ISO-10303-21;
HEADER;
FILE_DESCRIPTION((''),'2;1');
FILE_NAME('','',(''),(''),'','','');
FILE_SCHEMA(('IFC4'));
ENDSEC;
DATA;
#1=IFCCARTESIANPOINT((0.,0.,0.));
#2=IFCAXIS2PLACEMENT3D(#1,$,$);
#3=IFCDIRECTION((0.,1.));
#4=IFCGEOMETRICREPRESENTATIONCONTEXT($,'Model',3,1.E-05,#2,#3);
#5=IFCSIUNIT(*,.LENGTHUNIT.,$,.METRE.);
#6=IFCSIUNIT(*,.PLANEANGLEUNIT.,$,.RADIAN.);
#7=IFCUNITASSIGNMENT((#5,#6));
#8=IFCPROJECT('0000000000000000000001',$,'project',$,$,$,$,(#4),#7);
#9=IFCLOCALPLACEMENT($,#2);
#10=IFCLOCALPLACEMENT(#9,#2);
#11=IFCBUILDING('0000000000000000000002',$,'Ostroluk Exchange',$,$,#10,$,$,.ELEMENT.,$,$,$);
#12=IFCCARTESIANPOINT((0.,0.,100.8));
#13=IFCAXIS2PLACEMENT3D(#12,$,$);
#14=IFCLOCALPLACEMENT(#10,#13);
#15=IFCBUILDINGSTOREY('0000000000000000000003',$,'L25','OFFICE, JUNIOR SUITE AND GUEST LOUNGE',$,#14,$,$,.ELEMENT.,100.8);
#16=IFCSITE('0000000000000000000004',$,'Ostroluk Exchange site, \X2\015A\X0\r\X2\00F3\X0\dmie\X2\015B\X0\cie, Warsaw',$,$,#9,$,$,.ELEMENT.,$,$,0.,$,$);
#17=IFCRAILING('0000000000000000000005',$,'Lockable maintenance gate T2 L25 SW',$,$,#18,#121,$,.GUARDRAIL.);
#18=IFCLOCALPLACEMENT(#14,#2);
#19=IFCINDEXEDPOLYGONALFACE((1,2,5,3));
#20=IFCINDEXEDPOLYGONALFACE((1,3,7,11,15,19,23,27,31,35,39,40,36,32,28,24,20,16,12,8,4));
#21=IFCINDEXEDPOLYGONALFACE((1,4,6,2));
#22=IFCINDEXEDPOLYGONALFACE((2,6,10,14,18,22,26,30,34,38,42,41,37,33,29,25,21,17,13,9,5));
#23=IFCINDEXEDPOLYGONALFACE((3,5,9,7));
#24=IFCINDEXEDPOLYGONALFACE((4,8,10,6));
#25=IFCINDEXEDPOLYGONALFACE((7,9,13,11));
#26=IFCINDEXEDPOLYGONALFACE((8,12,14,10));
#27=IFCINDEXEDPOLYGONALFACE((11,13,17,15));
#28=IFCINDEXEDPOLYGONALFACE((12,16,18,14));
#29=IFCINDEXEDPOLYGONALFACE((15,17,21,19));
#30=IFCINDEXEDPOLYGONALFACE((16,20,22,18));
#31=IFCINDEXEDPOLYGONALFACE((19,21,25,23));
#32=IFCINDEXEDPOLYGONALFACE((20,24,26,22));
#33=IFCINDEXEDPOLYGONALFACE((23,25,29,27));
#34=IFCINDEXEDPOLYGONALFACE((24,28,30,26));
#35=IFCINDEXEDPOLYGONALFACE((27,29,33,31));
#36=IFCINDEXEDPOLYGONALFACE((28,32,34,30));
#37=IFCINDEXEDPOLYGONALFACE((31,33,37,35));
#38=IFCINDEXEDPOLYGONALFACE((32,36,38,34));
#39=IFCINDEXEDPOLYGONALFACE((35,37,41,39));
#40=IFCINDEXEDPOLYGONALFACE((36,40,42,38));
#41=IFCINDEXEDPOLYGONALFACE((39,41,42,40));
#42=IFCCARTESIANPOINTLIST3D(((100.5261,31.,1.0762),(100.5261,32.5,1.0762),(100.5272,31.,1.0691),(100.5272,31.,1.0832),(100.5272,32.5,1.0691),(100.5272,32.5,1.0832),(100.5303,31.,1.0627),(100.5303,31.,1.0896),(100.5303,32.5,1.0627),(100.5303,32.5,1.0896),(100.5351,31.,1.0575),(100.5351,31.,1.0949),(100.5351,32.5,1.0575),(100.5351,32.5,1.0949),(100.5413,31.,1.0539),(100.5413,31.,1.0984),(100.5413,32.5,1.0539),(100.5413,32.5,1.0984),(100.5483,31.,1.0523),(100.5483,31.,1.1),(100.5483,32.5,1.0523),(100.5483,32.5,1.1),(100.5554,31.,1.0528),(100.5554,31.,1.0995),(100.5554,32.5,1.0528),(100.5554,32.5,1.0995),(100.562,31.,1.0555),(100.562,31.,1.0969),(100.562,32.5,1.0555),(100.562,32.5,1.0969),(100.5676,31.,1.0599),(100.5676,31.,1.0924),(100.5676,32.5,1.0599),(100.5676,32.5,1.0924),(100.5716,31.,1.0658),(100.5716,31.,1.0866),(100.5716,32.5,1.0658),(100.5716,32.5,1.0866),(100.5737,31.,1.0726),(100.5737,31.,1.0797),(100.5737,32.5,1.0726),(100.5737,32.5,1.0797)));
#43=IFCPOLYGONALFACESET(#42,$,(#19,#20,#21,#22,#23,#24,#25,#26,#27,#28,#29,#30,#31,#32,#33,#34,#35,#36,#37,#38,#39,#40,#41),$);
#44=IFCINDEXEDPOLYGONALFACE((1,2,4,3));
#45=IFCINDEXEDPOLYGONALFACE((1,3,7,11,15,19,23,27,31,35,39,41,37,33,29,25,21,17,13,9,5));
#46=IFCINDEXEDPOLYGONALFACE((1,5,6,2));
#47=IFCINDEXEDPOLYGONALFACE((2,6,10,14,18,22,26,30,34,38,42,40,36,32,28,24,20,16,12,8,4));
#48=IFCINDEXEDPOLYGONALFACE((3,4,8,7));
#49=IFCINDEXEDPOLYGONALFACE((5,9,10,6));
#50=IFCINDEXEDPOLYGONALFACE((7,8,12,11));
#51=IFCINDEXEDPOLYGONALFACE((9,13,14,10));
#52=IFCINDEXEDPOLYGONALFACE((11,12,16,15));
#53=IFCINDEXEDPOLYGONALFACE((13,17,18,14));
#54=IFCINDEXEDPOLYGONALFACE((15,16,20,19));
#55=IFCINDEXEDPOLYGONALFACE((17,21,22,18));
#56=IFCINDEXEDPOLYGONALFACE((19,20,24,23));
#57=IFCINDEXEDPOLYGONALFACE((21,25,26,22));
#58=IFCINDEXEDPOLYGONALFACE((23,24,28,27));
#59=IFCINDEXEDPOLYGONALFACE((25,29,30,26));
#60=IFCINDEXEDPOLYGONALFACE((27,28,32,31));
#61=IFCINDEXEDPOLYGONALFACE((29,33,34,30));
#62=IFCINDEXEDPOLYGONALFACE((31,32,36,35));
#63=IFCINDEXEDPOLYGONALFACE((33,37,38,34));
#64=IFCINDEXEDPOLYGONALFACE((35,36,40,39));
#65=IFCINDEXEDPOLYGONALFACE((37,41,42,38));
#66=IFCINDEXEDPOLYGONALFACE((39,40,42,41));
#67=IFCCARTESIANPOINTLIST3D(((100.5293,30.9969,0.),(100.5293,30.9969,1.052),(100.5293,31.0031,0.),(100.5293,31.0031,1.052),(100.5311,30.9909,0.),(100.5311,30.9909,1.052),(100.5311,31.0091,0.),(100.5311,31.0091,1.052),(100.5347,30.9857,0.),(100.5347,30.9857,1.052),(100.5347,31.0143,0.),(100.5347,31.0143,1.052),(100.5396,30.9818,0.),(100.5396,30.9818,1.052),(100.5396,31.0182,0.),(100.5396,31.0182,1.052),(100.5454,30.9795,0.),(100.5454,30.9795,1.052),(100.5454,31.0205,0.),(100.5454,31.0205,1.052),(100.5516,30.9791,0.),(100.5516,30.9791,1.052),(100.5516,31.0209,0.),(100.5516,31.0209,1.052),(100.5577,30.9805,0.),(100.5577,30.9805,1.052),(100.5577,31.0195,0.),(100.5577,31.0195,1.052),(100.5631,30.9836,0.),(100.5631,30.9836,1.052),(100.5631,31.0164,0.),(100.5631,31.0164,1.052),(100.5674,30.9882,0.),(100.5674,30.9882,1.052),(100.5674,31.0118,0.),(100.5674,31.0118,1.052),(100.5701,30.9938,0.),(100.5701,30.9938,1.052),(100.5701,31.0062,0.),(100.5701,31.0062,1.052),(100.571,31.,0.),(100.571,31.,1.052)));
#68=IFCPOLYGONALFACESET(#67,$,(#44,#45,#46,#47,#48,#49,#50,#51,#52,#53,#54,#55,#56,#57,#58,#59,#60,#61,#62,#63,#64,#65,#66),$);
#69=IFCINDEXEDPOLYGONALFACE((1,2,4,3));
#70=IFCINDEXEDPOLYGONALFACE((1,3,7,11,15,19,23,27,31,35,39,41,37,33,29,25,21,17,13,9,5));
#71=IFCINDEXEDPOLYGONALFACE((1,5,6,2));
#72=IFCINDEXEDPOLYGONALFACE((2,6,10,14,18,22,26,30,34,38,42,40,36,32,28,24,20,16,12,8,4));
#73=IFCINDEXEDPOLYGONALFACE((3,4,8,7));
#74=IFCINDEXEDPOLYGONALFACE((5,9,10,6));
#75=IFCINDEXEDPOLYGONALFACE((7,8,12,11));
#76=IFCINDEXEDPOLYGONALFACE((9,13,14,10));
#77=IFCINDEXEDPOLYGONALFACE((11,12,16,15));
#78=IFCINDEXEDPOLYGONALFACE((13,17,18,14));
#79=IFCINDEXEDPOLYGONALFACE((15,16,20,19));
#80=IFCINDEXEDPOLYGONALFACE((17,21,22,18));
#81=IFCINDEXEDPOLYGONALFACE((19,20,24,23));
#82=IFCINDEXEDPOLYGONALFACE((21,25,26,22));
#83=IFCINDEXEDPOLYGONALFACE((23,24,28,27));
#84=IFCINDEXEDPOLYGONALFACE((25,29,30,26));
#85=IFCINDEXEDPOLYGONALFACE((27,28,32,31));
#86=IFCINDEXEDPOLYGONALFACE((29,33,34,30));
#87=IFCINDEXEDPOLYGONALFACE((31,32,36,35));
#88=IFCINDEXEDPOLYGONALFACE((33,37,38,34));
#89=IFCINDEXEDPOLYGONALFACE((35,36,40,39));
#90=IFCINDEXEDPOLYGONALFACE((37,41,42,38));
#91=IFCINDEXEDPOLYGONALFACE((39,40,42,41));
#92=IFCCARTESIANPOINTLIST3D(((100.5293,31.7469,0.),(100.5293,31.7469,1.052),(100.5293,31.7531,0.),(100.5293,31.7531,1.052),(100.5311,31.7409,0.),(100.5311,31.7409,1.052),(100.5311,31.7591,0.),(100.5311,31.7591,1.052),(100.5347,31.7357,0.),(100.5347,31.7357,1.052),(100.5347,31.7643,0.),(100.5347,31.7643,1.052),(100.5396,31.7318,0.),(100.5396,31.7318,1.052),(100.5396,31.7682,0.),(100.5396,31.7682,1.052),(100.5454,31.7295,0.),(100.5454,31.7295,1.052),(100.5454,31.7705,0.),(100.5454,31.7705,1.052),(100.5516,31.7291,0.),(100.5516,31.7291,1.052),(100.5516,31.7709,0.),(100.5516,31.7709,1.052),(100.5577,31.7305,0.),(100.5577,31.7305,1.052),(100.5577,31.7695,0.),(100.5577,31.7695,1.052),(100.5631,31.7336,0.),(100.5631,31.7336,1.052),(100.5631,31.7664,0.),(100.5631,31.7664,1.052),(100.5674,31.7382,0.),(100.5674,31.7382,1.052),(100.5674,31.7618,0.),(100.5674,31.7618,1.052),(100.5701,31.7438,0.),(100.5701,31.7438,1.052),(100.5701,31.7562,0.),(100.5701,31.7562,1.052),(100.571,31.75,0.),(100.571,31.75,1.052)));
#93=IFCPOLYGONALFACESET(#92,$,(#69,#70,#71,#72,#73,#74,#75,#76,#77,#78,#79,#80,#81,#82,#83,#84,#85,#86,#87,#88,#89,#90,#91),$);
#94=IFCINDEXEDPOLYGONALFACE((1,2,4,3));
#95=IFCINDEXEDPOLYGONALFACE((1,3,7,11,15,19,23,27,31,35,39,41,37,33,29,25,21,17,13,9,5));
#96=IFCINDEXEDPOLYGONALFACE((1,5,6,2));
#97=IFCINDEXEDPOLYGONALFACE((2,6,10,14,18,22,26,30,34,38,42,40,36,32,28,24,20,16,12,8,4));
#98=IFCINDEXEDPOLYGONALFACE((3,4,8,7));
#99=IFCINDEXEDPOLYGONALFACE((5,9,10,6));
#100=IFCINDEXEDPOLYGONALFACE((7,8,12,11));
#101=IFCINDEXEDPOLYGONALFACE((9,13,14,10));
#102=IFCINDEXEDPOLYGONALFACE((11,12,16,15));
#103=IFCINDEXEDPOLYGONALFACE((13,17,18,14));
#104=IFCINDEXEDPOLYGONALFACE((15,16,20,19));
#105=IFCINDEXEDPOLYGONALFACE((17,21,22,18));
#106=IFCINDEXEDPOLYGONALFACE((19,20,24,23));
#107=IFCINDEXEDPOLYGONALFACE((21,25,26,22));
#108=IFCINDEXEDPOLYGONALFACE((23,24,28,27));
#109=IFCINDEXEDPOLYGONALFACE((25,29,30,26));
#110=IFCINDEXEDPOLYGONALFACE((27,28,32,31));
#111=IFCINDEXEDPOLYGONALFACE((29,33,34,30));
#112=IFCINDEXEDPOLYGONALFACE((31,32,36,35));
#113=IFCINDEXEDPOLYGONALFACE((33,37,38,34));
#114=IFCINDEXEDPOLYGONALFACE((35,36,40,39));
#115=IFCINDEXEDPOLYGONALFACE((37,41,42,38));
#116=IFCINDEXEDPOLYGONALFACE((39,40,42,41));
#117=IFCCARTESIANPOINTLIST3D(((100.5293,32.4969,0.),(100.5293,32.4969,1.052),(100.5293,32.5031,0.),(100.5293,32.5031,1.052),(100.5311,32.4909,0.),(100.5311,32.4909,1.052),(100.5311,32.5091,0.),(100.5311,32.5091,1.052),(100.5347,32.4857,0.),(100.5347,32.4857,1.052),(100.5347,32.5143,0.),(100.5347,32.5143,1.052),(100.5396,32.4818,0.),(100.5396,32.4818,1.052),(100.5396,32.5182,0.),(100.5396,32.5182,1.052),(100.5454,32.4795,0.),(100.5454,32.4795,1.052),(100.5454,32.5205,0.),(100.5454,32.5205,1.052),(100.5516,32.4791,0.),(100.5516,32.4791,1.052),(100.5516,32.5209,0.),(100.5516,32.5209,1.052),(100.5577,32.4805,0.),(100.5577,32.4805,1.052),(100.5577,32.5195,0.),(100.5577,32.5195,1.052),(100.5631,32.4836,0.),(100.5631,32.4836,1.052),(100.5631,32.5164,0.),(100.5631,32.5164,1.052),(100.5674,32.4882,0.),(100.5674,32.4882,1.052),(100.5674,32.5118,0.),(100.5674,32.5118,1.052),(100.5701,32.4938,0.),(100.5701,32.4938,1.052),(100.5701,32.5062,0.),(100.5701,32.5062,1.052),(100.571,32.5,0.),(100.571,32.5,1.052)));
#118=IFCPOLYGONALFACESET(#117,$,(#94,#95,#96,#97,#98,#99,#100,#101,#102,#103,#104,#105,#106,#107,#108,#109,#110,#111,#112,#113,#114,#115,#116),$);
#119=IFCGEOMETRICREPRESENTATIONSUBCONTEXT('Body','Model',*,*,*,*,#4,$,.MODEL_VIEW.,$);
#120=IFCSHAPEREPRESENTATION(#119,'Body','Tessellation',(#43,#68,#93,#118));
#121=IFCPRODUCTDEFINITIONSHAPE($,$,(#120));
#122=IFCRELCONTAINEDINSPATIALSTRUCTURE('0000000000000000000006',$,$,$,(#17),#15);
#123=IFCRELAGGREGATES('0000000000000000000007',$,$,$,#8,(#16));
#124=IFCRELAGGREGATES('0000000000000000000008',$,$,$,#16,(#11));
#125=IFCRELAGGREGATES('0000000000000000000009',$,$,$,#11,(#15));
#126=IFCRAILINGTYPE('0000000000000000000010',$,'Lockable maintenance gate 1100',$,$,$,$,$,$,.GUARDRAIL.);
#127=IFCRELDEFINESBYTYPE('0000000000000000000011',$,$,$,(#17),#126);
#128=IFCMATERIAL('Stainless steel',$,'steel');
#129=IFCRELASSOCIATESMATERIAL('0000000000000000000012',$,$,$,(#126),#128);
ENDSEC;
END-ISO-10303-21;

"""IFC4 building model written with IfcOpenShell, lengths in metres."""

from ifc_helpers import new_model, si_unit, direction, frame, origin, origin_2d, place, context, subcontext, project, spatial, circle, extrude, material, type_object, element, save


model = new_model("IFC4")

# Units and contexts
model_context = context("Model", 3, precision=1e-05, world=origin(), true_north=direction((0.0, 1.0)))
body_context = subcontext(model_context, "Body", "Model", "MODEL_VIEW")
ifc_project = project(units=[si_unit("LENGTHUNIT", "METRE"), si_unit("PLANEANGLEUNIT", "RADIAN")], contexts=[model_context])

# Site, building, storey
site_placement = place(None, origin())
site = spatial("IfcSite", under=ifc_project, at=site_placement, Name="Ostroluk Exchange site, Śródmieście, Warsaw", CompositionType="ELEMENT", RefElevation=0.0)
building_placement = place(site_placement, origin())
building = spatial("IfcBuilding", under=site, at=building_placement, Name="Ostroluk Exchange", CompositionType="ELEMENT")
storey_placement = place(building_placement, frame((0.0, 0.0, 100.8)))
storey = spatial("IfcBuildingStorey", under=building, at=storey_placement, Name="L25", Description="OFFICE, JUNIOR SUITE AND GUEST LOUNGE", CompositionType="ELEMENT", Elevation=100.8)

# Railing
ifc_material_1 = material(Name="Stainless steel", Category="steel")
railing_type_1 = type_object("IfcRailingType", Name="Lockable maintenance gate 1100", PredefinedType="GUARDRAIL", material=ifc_material_1)
railing_1_placement = place(storey_placement, frame((100.55, 31.0, 0.0)))
element("IfcRailing", 1, at=railing_1_placement, inside=storey, type_object=railing_type_1, Name="Lockable maintenance gate T2 L25 SW", PredefinedType="GUARDRAIL", context=body_context, shape_type="SweptSolid", body=[
    extrude(circle(Radius=0.0239, at=origin_2d()), frame((0.0, 0.0, 1.0762), z_axis=(0.0, 1.0, 0.0), x_axis=(-1.0, 0.0, 0.0)), (0.0, 0.0, 1.0), 1.5),
    extrude(circle(Radius=0.021, at=origin_2d()), origin(), (0.0, 0.0, 1.0), 1.052),
    extrude(circle(Radius=0.021, at=origin_2d()), frame((0.0, 0.75, 0.0)), (0.0, 0.0, 1.0), 1.052),
    extrude(circle(Radius=0.021, at=origin_2d()), frame((0.0, 1.5, 0.0)), (0.0, 0.0, 1.0), 1.052),
])

save(model, "model.ifc")
